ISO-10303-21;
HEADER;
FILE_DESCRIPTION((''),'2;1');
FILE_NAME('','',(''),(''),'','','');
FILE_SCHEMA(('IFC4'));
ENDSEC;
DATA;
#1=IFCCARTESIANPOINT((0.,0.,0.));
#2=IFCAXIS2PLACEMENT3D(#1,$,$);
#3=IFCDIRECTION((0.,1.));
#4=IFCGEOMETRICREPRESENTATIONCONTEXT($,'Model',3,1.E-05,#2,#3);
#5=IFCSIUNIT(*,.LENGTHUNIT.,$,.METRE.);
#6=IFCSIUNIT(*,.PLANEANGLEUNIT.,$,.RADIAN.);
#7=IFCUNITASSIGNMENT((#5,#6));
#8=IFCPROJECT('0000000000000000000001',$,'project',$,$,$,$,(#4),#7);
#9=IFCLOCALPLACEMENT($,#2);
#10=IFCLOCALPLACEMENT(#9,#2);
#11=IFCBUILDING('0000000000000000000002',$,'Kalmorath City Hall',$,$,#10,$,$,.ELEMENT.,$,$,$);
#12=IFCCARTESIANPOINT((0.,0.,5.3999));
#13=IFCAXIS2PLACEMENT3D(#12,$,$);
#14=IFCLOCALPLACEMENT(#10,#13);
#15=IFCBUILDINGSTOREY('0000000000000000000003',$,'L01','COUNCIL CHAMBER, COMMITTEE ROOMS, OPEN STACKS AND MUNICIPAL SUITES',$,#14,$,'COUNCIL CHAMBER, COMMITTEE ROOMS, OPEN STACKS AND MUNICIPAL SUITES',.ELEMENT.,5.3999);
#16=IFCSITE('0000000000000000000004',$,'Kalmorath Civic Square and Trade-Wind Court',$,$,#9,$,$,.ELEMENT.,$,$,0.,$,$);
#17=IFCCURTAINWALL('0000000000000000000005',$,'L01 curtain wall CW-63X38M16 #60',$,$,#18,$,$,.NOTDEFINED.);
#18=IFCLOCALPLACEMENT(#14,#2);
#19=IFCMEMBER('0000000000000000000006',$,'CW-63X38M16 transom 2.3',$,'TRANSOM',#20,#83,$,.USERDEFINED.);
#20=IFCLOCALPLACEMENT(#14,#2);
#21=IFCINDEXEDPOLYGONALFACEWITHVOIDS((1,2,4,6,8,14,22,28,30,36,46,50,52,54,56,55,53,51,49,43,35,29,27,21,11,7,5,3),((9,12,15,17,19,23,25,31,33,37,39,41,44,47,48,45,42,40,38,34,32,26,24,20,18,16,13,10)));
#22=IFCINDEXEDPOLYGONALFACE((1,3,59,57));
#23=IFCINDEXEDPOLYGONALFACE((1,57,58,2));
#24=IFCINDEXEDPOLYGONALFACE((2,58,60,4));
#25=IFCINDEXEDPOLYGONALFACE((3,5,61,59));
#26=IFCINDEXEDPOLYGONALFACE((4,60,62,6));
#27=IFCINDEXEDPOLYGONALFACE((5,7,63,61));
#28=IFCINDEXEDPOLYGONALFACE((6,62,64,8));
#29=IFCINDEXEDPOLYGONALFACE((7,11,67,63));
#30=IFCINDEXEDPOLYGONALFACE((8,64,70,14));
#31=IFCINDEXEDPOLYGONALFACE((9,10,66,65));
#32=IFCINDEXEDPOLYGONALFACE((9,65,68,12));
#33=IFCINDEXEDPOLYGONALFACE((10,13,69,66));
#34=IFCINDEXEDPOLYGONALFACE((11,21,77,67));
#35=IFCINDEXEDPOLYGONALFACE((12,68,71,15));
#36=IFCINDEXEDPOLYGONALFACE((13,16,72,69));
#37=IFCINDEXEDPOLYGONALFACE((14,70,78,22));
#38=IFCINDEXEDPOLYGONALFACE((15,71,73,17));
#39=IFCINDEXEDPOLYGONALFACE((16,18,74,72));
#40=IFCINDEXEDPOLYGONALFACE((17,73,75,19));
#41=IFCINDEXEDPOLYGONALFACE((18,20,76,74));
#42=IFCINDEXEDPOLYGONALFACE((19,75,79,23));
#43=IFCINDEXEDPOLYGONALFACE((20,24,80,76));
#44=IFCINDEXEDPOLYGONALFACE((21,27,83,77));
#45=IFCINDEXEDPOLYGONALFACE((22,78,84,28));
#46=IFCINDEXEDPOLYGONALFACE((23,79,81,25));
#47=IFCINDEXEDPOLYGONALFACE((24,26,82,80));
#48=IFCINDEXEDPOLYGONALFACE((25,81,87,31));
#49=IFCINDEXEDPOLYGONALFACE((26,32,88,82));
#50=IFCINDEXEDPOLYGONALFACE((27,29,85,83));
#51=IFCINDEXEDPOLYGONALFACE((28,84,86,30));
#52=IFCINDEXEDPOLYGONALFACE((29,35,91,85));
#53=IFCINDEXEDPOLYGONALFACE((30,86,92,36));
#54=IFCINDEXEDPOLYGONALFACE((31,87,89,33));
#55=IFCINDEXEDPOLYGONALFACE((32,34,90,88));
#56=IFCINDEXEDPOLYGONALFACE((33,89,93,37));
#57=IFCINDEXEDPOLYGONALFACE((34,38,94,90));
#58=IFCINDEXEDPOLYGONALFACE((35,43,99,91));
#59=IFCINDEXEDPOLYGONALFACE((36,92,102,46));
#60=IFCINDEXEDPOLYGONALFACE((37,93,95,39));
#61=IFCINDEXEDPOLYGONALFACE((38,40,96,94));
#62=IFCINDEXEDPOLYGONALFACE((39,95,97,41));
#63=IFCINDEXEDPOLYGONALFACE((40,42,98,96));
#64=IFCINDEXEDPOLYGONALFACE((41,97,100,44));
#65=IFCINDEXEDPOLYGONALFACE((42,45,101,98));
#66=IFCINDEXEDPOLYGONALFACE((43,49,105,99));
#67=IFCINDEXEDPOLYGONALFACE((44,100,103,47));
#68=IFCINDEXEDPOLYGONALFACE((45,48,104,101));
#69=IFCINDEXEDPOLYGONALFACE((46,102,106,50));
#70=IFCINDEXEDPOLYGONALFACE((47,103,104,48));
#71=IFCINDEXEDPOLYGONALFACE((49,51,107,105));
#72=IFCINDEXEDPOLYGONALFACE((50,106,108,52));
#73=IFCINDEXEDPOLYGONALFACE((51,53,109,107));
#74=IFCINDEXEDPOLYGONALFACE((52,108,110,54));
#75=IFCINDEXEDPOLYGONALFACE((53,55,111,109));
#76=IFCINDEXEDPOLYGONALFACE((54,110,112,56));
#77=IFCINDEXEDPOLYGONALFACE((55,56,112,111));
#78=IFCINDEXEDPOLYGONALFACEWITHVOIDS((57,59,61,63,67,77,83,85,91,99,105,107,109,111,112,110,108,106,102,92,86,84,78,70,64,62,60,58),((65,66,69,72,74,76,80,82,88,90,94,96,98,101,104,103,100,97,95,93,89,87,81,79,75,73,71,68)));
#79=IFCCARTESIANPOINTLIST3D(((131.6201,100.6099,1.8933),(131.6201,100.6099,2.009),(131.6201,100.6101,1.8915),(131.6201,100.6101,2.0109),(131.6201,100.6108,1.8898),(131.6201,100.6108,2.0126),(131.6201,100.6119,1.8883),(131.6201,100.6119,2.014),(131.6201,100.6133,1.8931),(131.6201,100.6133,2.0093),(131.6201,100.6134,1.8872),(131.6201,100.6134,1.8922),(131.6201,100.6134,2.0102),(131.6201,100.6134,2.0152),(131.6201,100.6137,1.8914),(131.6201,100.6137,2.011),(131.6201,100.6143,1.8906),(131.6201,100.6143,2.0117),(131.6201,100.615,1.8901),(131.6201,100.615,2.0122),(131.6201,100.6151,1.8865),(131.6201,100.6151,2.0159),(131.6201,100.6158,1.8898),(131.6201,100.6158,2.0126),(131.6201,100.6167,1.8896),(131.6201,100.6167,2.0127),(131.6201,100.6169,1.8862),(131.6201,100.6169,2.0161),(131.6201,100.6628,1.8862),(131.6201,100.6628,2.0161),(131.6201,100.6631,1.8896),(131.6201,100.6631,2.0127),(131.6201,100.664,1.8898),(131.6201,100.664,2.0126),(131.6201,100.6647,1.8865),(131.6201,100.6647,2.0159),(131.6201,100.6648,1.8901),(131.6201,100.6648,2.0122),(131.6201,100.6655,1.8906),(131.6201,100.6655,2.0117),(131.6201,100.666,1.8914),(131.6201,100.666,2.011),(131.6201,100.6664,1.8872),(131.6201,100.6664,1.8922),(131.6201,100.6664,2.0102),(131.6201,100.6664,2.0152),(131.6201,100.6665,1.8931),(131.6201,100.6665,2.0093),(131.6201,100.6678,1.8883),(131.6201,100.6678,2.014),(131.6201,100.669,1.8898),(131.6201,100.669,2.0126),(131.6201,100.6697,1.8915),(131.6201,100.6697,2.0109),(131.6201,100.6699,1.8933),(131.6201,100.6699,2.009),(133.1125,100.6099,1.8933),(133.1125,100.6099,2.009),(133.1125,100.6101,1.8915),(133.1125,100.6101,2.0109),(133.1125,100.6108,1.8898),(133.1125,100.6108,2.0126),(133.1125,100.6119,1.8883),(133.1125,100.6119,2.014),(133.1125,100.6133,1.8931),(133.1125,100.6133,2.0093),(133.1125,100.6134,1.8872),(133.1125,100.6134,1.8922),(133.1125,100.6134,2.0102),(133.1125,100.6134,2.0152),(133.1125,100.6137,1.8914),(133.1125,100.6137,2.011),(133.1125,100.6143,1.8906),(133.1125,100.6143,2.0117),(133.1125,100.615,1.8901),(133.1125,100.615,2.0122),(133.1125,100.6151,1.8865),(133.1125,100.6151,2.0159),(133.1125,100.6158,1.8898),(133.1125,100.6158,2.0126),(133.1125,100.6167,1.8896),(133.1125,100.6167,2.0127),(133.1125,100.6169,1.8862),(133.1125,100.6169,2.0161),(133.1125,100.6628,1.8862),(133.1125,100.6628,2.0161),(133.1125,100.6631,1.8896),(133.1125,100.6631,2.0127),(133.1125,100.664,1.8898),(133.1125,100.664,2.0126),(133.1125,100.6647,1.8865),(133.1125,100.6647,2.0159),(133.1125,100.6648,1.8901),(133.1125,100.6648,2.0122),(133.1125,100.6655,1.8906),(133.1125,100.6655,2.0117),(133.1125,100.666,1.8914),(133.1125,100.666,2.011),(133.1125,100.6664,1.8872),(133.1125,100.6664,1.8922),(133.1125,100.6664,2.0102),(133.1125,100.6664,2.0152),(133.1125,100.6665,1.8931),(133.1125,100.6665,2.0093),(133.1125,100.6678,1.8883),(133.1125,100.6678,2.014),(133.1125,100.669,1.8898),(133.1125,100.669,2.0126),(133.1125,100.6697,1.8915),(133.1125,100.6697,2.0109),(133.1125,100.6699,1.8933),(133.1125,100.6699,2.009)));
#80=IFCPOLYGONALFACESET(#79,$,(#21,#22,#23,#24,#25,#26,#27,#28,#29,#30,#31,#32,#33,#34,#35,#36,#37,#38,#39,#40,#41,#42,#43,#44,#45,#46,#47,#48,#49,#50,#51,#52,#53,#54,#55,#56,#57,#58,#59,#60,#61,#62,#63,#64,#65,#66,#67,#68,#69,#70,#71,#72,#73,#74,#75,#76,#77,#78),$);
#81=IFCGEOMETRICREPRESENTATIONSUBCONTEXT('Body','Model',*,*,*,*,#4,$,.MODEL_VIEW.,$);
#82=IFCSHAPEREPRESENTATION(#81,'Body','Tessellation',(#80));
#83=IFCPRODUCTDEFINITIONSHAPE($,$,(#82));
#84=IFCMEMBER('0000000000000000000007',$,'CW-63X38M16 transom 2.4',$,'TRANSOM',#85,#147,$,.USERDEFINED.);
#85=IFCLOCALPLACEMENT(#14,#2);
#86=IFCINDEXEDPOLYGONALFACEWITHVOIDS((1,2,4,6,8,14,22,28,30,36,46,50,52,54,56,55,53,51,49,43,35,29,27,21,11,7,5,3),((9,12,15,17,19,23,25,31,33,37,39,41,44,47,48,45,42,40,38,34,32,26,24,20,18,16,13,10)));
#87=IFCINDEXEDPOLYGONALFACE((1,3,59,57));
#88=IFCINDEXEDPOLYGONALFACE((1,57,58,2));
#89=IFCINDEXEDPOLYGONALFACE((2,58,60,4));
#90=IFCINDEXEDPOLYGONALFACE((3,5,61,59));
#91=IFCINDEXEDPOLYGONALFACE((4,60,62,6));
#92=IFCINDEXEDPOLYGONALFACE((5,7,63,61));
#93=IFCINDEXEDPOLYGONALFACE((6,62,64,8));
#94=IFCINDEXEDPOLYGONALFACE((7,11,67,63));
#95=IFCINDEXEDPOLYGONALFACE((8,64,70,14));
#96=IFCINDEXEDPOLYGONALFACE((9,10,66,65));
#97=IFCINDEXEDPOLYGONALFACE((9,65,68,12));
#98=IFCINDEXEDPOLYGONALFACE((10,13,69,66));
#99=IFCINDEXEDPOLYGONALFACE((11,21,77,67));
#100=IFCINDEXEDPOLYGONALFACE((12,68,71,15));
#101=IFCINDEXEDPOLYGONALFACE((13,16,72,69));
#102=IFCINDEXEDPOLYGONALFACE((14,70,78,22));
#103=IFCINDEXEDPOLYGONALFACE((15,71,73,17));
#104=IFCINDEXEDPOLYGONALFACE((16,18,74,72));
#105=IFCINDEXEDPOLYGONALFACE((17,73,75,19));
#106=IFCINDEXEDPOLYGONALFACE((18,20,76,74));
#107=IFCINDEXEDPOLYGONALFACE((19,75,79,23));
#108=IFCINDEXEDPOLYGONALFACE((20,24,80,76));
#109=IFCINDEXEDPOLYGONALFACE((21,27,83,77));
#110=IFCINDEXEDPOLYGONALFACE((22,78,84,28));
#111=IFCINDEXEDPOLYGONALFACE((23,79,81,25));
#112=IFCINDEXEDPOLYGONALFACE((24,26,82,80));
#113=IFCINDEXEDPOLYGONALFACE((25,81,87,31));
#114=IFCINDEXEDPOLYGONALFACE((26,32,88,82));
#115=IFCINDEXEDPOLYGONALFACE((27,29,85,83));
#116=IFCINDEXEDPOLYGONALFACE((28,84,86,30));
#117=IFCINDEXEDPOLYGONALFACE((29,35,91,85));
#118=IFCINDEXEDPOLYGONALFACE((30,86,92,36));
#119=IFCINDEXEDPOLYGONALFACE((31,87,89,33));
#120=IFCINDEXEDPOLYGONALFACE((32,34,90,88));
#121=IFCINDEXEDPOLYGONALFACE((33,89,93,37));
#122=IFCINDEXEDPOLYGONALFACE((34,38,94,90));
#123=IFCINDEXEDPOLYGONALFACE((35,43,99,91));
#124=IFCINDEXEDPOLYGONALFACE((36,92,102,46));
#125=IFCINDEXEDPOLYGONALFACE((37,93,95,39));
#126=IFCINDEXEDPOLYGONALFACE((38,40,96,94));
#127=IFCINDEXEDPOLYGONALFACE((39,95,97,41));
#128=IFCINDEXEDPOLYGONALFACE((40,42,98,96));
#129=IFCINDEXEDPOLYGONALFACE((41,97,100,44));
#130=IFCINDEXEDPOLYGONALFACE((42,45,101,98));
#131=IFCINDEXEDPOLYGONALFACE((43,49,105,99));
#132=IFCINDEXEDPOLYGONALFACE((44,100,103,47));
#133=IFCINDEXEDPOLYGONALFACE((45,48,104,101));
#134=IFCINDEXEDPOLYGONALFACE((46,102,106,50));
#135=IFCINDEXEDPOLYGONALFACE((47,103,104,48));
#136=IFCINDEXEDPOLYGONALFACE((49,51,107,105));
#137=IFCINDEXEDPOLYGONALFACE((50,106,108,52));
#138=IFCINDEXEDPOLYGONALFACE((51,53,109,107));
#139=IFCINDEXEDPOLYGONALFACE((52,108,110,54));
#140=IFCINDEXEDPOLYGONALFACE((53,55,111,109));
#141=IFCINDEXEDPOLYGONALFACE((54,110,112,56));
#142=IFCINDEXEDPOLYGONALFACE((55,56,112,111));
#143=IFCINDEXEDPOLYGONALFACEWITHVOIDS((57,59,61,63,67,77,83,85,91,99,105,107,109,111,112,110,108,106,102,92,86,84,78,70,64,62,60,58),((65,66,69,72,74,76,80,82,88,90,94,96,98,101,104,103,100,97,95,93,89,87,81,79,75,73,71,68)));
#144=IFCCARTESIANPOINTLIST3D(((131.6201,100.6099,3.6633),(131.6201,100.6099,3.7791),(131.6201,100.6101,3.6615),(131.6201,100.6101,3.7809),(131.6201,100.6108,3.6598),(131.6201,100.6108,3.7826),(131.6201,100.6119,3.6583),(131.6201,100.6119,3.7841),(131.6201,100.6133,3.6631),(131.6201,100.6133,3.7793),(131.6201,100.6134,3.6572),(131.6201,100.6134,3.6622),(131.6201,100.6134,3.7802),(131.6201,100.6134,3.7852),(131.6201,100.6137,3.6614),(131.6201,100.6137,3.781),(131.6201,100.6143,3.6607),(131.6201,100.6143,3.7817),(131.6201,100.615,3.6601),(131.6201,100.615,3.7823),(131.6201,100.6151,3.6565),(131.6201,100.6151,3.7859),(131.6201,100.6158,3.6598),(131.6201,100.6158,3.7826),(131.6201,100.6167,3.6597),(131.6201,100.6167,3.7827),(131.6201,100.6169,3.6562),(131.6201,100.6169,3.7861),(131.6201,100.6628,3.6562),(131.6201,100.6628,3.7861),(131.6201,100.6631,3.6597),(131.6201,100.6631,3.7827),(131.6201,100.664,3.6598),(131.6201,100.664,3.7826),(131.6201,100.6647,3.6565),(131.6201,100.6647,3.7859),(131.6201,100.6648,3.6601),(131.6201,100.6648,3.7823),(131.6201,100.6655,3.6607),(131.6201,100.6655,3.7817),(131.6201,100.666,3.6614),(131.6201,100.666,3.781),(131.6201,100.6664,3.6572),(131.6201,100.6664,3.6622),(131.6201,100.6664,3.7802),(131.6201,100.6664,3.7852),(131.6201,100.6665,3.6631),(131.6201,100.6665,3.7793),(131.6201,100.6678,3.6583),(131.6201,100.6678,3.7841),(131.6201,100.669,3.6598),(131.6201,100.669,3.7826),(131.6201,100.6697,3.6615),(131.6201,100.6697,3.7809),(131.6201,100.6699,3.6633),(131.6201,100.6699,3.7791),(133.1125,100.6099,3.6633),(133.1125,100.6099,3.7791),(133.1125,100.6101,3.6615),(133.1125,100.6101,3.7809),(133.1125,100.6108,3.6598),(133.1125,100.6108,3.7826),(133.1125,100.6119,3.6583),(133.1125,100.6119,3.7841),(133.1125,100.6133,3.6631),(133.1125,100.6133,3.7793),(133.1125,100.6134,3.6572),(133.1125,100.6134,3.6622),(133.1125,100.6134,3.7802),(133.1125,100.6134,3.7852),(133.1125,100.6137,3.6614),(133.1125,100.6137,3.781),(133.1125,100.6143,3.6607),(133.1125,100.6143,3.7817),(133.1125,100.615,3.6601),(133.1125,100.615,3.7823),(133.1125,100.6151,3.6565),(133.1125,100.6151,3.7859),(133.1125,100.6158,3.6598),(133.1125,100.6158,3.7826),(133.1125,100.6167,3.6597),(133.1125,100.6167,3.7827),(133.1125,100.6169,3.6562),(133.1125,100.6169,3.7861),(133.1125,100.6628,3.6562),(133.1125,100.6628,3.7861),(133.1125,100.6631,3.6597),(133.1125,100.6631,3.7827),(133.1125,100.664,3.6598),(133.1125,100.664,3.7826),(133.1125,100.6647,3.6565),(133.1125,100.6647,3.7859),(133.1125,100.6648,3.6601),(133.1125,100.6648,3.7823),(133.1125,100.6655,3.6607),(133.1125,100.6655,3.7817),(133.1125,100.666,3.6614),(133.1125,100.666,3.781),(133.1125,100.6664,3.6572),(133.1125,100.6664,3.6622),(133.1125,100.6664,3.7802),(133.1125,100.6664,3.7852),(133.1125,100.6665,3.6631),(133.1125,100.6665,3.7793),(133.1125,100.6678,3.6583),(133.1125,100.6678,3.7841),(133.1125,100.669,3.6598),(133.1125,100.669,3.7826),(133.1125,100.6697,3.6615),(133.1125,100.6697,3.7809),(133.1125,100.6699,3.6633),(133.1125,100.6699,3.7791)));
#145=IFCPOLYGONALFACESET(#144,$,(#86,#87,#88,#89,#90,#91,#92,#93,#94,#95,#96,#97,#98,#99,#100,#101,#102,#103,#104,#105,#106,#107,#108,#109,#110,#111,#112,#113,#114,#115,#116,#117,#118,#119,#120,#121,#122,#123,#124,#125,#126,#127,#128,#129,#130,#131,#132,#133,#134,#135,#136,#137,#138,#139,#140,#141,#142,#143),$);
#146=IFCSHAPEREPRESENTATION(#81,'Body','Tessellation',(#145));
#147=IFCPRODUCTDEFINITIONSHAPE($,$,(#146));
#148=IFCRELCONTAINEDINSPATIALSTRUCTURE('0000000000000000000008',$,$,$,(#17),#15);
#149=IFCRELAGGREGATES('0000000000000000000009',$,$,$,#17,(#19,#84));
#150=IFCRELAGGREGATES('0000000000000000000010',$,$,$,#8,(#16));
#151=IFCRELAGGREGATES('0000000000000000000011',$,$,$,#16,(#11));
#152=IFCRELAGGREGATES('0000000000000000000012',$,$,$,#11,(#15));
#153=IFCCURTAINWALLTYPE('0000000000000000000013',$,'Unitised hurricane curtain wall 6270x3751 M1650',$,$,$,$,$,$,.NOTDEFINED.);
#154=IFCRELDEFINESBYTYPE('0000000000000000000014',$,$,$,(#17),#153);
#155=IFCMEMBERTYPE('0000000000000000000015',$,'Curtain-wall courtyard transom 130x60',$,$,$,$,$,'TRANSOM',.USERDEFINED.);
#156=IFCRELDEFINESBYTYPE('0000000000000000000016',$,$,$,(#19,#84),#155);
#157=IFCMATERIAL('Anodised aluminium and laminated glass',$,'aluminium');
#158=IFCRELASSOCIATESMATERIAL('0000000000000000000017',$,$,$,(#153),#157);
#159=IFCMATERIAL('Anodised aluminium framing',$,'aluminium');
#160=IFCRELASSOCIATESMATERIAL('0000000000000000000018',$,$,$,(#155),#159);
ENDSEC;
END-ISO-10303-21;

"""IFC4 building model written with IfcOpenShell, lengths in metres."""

from ifc_helpers import new_model, si_unit, direction, frame, origin, origin_2d, place, context, subcontext, project, spatial, hollow_rectangle, extrude, material, material_profile, profile_set, type_object, element, aggregate, save


model = new_model("IFC4")

# Units and contexts
model_context = context("Model", 3, precision=1e-05, world=origin(), true_north=direction((0.0, 1.0)))
body_context = subcontext(model_context, "Body", "Model", "MODEL_VIEW")
ifc_project = project(units=[si_unit("LENGTHUNIT", "METRE"), si_unit("PLANEANGLEUNIT", "RADIAN")], contexts=[model_context])

# Site, building, storey
site_placement = place(None, origin())
site = spatial("IfcSite", under=ifc_project, at=site_placement, Name="Kalmorath Civic Square and Trade-Wind Court", CompositionType="ELEMENT", RefElevation=0.0)
building_placement = place(site_placement, origin())
building = spatial("IfcBuilding", under=site, at=building_placement, Name="Kalmorath City Hall", CompositionType="ELEMENT")
storey_placement = place(building_placement, frame((0.0, 0.0, 5.3999)))
storey = spatial("IfcBuildingStorey", under=building, at=storey_placement, Name="L01", Description="COUNCIL CHAMBER, COMMITTEE ROOMS, OPEN STACKS AND MUNICIPAL SUITES", LongName="COUNCIL CHAMBER, COMMITTEE ROOMS, OPEN STACKS AND MUNICIPAL SUITES", CompositionType="ELEMENT", Elevation=5.3999)

# Curtain wall, members
ifc_material_1 = material(Name="Anodised aluminium and laminated glass", Category="aluminium")
curtain_wall_type = type_object("IfcCurtainWallType", Name="Unitised hurricane curtain wall 6270x3751 M1650", PredefinedType="NOTDEFINED", material=ifc_material_1)
curtain_wall_placement = place(storey_placement, origin())
curtain_wall = element("IfcCurtainWall", 1, at=curtain_wall_placement, inside=storey, type_object=curtain_wall_type, Name="L01 curtain wall CW-63X38M16 #60", PredefinedType="NOTDEFINED")
ifc_material_2 = material(Name="Anodised aluminium framing", Category="aluminium")
ifc_material_profile_1 = material_profile(ifc_material_2, hollow_rectangle(XDim=0.0601, YDim=0.1299, WallThickness=0.0034, InnerFilletRadius=0.0034, OuterFilletRadius=0.0071, at=origin_2d()), Name="ALU-TRN-130X60X3.5")
ifc_profile_set_1 = profile_set([ifc_material_profile_1], Name="Anodised aluminium framing")
member_type_1 = type_object("IfcMemberType", Name="Curtain-wall courtyard transom 130x60", ElementType="TRANSOM", PredefinedType="USERDEFINED", material=ifc_profile_set_1)
member_1_placement = place(storey_placement, frame((131.6201, 100.6399, 1.9512), z_axis=(1.0, 0.0, 0.0), x_axis=(0.0, 1.0, 0.0)))
member_1 = element("IfcMember", 2, at=member_1_placement, type_object=member_type_1, Name="CW-63X38M16 transom 2.3", ObjectType="TRANSOM", PredefinedType="USERDEFINED", context=body_context, shape_type="SweptSolid", body=[
    extrude(hollow_rectangle(XDim=0.0601, YDim=0.1299, WallThickness=0.0034, InnerFilletRadius=0.0034, OuterFilletRadius=0.0071, at=origin_2d()), origin(), (0.0, 0.0, 1.0), 1.4924),
])
member_2_placement = place(storey_placement, frame((131.6201, 100.6399, 3.7212), z_axis=(1.0, 0.0, 0.0), x_axis=(0.0, 1.0, 0.0)))
member_2 = element("IfcMember", 3, at=member_2_placement, type_object=member_type_1, Name="CW-63X38M16 transom 2.4", ObjectType="TRANSOM", PredefinedType="USERDEFINED", context=body_context, shape_type="SweptSolid", body=[
    extrude(hollow_rectangle(XDim=0.0601, YDim=0.1299, WallThickness=0.0034, InnerFilletRadius=0.0034, OuterFilletRadius=0.0071, at=origin_2d()), origin(), (0.0, 0.0, 1.0), 1.4924),
])

aggregate(curtain_wall, [member_1, member_2])

save(model, "model.ifc")
